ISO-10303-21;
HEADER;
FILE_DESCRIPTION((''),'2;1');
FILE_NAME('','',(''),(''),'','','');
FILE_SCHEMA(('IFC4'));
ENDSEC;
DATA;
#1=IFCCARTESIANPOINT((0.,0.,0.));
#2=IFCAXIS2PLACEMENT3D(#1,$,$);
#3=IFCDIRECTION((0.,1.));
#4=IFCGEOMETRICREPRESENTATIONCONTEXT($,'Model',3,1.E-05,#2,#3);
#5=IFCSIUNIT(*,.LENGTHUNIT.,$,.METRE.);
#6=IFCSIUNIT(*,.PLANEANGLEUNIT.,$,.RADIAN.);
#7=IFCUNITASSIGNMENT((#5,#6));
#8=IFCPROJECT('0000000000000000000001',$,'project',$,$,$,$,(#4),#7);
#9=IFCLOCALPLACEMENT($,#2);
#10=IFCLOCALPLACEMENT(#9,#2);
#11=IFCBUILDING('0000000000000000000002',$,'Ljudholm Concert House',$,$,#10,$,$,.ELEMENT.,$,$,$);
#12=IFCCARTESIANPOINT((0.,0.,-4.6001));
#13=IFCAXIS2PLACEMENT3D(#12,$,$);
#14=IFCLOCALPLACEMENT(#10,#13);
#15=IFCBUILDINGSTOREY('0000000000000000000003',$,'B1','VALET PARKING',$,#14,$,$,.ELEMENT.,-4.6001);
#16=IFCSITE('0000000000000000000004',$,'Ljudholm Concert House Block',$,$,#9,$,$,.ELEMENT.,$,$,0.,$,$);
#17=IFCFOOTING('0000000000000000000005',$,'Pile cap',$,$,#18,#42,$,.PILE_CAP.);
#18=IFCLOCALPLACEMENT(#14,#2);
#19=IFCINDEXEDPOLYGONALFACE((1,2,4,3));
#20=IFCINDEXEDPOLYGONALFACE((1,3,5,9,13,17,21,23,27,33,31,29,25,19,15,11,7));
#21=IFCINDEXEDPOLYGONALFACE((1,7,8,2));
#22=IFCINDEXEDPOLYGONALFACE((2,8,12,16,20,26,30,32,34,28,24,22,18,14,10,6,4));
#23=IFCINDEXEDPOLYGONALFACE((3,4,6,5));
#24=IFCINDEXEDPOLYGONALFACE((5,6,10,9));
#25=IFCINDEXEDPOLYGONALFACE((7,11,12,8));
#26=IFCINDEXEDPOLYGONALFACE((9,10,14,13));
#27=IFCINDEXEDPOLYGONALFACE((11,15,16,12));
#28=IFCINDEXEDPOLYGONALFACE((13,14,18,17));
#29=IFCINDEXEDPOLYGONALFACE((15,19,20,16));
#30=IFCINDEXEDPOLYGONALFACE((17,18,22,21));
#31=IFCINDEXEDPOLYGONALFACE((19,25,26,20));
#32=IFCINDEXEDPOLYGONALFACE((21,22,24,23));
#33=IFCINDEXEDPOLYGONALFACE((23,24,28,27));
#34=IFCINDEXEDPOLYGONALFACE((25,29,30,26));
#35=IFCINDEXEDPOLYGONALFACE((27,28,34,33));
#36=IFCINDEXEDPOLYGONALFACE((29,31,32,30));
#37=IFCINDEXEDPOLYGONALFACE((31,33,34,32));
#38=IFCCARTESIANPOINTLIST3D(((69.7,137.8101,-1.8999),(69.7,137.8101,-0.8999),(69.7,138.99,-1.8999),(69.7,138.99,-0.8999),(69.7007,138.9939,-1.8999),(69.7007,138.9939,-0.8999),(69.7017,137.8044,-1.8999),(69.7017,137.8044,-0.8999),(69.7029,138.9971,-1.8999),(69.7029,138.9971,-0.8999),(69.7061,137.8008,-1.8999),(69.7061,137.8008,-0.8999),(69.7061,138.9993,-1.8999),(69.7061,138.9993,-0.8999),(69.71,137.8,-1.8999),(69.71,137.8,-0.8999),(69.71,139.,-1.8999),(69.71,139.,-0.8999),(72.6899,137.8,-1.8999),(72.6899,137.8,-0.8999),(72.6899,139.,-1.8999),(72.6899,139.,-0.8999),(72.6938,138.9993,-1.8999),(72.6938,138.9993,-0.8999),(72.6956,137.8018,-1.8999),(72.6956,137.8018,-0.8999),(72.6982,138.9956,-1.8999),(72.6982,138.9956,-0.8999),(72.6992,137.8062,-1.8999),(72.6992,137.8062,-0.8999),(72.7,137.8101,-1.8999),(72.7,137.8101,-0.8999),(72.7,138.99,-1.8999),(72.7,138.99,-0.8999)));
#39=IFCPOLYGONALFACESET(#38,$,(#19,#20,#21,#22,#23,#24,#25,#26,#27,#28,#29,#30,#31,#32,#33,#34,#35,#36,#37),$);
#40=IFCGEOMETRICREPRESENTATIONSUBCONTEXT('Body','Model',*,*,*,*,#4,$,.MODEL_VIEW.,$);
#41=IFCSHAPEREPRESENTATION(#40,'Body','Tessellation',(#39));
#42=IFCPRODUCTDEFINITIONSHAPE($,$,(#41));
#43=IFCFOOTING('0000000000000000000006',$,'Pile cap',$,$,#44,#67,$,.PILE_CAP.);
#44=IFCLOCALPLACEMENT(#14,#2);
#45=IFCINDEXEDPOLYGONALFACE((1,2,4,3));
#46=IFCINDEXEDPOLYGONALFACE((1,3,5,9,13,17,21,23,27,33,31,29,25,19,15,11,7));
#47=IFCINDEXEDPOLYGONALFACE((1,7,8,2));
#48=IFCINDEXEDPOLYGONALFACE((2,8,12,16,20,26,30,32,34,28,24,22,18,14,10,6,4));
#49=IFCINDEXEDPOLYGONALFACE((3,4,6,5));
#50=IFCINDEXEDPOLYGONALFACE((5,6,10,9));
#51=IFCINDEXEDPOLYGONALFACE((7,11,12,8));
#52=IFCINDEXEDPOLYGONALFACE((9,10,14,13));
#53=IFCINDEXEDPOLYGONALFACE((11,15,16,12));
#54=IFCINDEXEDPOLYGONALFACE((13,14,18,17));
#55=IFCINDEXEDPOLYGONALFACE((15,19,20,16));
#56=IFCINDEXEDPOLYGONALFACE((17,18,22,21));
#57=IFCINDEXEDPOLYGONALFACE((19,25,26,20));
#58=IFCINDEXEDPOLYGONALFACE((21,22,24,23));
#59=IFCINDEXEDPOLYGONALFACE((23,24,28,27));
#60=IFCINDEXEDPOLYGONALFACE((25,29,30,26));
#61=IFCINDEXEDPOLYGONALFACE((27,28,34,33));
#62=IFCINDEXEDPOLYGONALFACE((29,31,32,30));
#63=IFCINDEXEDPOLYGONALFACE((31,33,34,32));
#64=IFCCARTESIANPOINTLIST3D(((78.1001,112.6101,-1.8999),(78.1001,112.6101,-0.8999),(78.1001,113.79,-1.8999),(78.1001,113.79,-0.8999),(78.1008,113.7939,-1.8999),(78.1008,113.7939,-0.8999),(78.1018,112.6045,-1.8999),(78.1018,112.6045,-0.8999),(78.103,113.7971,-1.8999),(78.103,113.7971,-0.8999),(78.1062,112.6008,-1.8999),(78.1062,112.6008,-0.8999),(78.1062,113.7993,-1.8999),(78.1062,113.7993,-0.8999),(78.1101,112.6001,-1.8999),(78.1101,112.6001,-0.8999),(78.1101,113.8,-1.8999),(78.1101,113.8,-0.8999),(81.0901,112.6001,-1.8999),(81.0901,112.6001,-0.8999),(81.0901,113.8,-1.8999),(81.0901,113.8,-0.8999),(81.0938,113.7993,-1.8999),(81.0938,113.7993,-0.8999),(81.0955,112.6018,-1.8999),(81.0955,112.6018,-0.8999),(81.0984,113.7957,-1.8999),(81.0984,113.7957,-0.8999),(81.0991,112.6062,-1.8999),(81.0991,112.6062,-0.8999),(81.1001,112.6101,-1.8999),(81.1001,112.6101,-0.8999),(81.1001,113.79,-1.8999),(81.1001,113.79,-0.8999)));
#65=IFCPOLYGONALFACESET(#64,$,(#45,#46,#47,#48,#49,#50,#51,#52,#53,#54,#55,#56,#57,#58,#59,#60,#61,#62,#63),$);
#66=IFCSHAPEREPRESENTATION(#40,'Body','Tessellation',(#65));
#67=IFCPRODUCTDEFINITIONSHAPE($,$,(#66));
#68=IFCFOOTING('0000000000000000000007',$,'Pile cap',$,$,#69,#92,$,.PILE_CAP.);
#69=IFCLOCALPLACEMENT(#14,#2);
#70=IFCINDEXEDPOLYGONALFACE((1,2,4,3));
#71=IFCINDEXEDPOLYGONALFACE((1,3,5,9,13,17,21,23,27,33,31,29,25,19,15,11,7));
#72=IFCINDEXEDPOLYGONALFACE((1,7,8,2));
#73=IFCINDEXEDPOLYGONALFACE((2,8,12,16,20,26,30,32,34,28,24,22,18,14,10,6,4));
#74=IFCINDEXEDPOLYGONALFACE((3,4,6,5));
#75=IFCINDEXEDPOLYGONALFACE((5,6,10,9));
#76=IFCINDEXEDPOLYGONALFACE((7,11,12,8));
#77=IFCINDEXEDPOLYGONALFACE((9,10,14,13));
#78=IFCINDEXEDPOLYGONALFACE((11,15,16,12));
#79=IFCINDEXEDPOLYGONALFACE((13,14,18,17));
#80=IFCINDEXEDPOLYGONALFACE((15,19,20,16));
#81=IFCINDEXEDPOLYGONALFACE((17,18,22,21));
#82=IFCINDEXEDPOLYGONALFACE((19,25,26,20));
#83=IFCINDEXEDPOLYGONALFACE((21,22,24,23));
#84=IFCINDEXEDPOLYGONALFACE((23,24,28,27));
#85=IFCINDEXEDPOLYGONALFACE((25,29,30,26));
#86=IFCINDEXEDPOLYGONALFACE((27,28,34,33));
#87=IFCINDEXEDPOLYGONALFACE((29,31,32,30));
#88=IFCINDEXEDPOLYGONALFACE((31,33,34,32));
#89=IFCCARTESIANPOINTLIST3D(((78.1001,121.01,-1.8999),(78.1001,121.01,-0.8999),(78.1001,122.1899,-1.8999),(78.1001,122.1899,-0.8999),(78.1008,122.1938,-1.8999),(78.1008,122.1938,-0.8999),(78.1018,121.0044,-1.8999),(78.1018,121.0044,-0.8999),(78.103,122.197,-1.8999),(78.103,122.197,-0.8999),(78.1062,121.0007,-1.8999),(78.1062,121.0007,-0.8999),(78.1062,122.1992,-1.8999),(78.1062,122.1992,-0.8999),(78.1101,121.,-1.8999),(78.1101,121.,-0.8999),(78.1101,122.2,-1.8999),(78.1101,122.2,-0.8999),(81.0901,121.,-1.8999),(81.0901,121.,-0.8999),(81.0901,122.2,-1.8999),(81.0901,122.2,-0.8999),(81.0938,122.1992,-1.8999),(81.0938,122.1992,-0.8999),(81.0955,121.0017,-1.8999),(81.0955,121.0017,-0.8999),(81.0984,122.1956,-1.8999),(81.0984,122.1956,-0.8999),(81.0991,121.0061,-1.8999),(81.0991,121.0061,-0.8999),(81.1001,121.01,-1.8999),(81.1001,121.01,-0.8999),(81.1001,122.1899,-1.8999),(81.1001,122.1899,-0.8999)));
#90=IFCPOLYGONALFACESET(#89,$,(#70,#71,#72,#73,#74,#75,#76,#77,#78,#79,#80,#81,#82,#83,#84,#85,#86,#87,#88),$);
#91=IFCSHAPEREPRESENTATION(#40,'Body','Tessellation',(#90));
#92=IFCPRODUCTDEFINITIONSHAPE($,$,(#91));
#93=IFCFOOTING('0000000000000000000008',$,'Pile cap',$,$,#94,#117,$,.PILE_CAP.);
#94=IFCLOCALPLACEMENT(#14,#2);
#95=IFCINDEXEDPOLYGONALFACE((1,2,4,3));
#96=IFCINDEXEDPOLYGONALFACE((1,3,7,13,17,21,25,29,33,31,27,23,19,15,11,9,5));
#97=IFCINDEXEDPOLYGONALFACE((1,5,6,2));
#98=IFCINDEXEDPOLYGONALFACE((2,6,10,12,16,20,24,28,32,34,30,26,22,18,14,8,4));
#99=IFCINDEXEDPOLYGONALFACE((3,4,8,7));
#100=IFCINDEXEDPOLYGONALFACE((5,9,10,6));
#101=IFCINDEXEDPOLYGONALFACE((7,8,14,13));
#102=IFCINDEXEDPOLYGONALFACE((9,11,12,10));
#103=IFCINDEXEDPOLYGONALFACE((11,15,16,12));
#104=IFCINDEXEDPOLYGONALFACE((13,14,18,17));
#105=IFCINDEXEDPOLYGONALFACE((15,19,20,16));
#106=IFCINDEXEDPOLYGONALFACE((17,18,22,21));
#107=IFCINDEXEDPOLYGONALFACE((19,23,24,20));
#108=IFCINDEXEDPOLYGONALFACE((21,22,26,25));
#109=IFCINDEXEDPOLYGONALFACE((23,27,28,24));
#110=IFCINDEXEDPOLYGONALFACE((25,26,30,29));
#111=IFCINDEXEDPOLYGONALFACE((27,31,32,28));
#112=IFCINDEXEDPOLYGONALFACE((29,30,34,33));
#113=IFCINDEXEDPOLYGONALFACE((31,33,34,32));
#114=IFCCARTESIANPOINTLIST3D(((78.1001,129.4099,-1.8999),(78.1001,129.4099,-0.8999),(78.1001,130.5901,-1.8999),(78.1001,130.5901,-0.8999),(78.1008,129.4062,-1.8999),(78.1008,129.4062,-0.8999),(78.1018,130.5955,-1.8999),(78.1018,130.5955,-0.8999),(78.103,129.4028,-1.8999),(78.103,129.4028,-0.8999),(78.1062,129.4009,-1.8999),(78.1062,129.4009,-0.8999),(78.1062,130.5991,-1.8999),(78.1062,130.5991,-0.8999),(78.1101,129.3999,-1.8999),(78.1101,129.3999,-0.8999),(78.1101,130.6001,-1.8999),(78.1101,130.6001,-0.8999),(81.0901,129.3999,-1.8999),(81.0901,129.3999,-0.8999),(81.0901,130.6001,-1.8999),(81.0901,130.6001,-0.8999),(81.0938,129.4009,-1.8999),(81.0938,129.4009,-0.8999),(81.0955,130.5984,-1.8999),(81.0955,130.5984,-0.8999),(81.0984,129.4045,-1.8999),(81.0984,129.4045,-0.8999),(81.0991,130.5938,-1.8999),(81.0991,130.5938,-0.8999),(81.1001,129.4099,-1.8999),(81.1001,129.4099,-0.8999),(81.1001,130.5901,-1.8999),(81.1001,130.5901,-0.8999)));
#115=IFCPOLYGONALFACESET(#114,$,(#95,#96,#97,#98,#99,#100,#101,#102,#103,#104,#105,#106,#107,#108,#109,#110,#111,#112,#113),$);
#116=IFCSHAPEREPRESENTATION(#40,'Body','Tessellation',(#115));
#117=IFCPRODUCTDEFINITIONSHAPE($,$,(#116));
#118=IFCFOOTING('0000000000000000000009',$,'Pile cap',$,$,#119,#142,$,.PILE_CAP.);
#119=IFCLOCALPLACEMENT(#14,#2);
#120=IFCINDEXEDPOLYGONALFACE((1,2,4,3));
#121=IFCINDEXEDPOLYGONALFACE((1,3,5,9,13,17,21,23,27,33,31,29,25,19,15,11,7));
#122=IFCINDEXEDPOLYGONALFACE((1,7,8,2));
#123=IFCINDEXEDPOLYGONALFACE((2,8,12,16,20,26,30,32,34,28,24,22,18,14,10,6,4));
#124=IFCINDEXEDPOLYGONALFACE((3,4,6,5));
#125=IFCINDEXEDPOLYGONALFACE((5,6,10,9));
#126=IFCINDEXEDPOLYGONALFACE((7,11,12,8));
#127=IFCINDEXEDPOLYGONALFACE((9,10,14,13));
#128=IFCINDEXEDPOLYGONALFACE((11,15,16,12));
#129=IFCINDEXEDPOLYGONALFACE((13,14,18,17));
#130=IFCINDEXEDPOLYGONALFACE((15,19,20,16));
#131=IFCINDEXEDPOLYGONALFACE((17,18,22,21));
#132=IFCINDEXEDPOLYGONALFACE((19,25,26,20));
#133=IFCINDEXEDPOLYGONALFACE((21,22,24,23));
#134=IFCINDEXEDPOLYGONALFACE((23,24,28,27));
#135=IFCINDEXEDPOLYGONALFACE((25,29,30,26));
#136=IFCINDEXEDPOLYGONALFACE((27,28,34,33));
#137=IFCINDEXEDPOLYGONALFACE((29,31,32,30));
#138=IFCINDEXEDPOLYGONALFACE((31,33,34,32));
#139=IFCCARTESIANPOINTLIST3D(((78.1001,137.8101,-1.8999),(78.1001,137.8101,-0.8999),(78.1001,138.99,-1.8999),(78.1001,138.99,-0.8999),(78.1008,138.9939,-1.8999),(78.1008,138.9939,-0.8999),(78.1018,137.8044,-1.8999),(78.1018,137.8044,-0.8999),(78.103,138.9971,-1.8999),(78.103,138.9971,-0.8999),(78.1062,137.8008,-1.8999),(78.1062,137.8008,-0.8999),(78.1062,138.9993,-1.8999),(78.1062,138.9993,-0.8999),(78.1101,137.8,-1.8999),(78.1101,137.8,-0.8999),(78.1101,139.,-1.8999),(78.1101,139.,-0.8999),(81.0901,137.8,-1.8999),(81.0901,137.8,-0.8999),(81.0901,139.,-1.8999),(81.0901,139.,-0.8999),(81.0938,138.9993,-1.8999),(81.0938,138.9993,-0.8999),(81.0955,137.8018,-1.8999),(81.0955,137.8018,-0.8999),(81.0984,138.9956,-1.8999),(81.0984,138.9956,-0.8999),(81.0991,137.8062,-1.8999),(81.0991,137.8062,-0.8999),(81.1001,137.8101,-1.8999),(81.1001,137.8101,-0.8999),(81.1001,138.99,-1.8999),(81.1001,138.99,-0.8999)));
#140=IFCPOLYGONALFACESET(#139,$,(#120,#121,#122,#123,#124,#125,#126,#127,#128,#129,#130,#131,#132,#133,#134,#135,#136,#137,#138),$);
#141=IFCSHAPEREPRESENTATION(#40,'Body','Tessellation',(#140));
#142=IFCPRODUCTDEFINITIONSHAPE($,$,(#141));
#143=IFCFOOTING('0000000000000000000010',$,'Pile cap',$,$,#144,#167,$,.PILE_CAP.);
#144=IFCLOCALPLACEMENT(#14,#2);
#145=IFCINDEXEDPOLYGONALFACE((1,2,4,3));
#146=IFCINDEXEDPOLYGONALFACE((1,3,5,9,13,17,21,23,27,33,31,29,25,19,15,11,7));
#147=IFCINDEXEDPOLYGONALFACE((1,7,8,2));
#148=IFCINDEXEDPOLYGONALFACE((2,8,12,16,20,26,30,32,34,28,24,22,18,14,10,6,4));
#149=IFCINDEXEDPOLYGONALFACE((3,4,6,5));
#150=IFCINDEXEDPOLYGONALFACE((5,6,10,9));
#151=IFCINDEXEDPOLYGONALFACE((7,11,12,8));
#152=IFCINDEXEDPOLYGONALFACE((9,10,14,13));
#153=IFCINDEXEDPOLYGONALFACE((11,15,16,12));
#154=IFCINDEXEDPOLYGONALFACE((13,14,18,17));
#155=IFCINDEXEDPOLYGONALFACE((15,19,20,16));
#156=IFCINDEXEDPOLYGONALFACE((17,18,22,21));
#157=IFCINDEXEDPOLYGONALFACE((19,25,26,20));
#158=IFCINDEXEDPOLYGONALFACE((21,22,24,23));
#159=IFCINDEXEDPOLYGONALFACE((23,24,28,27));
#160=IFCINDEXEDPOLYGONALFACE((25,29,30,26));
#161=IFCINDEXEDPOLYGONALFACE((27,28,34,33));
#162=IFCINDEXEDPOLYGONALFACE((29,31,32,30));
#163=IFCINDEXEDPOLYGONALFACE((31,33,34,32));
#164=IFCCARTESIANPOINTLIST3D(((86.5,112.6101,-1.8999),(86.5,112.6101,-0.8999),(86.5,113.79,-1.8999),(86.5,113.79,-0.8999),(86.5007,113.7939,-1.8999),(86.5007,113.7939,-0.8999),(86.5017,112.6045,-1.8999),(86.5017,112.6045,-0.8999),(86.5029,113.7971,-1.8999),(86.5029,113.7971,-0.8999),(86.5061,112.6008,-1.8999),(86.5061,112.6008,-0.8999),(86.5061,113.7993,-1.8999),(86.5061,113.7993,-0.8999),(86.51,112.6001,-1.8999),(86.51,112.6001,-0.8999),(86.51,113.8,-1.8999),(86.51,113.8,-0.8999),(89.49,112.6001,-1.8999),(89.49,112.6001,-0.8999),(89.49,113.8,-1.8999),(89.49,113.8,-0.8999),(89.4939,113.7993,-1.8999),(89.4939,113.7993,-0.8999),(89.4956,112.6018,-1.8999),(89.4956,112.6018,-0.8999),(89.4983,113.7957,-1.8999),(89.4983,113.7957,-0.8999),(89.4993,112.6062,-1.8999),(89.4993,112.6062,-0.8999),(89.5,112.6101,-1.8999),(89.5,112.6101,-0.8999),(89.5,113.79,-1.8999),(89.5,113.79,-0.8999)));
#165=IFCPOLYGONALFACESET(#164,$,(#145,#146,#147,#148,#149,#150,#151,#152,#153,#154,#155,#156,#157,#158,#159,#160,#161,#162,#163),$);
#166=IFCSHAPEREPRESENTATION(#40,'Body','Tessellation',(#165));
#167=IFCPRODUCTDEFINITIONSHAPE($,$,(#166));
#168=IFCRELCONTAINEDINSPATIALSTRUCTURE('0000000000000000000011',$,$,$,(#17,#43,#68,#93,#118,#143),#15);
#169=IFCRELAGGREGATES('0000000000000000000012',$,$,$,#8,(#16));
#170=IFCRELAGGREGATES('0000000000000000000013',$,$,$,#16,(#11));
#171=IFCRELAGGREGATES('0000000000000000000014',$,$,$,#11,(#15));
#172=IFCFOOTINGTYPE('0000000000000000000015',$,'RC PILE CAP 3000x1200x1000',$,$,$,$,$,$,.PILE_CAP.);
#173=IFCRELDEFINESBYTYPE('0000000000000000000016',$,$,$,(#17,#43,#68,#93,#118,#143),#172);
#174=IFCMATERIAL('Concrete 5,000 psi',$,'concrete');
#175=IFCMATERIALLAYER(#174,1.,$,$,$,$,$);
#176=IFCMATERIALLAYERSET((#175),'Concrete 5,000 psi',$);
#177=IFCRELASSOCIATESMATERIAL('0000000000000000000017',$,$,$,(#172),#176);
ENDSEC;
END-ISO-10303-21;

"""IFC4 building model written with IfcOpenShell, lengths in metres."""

from ifc_helpers import new_model, si_unit, direction, frame, origin, place, context, subcontext, project, spatial, polyline, outline, extrude, material, layer, layer_set, type_object, element, save


model = new_model("IFC4")

# Units and contexts
model_context = context("Model", 3, precision=1e-05, world=origin(), true_north=direction((0.0, 1.0)))
body_context = subcontext(model_context, "Body", "Model", "MODEL_VIEW")
ifc_project = project(units=[si_unit("LENGTHUNIT", "METRE"), si_unit("PLANEANGLEUNIT", "RADIAN")], contexts=[model_context])

# Site, building, storey
site_placement = place(None, origin())
site = spatial("IfcSite", under=ifc_project, at=site_placement, Name="Ljudholm Concert House Block", CompositionType="ELEMENT", RefElevation=0.0)
building_placement = place(site_placement, origin())
building = spatial("IfcBuilding", under=site, at=building_placement, Name="Ljudholm Concert House", CompositionType="ELEMENT")
storey_placement = place(building_placement, frame((0.0, 0.0, -4.6001)))
storey = spatial("IfcBuildingStorey", under=building, at=storey_placement, Name="B1", Description="VALET PARKING", CompositionType="ELEMENT", Elevation=-4.6001)

# Footings
ifc_material_1 = material(Name="Concrete 5,000 psi", Category="concrete")
ifc_layer_1 = layer(ifc_material_1, 1.0)
ifc_layer_set_1 = layer_set([ifc_layer_1], Name="Concrete 5,000 psi")
footing_type_1 = type_object("IfcFootingType", Name="RC PILE CAP 3000x1200x1000", PredefinedType="PILE_CAP", material=ifc_layer_set_1)
footing_1_placement = place(storey_placement, frame((0.0, 0.0, -1.8999)))
element("IfcFooting", 1, at=footing_1_placement, inside=storey, type_object=footing_type_1, Name="Pile cap", PredefinedType="PILE_CAP", context=body_context, shape_type="SweptSolid", body=[
    extrude(outline(polyline([(69.7, 138.99), (69.7, 137.8101), (69.7017, 137.8044), (69.7061, 137.8008), (69.71, 137.8), (72.6899, 137.8), (72.6956, 137.8018), (72.6992, 137.8062), (72.7, 137.8101), (72.7, 138.99), (72.6982, 138.9956), (72.6938, 138.9993), (72.6899, 139.0), (69.71, 139.0), (69.7061, 138.9993), (69.7029, 138.9971), (69.7007, 138.9939), (69.7, 138.99)])), origin(), (0.0, 0.0, 1.0), 1.0),
])
footing_2_placement = place(storey_placement, frame((0.0, 0.0, -1.8999)))
element("IfcFooting", 2, at=footing_2_placement, inside=storey, type_object=footing_type_1, Name="Pile cap", PredefinedType="PILE_CAP", context=body_context, shape_type="SweptSolid", body=[
    extrude(outline(polyline([(78.1001, 113.79), (78.1001, 112.6101), (78.1018, 112.6045), (78.1062, 112.6008), (78.1101, 112.6001), (81.0901, 112.6001), (81.0955, 112.6018), (81.0991, 112.6062), (81.1001, 112.6101), (81.1001, 113.79), (81.0984, 113.7957), (81.0938, 113.7993), (81.0901, 113.8), (78.1101, 113.8), (78.1062, 113.7993), (78.103, 113.7971), (78.1008, 113.7939), (78.1001, 113.79)])), origin(), (0.0, 0.0, 1.0), 1.0),
])
footing_3_placement = place(storey_placement, frame((0.0, 0.0, -1.8999)))
element("IfcFooting", 3, at=footing_3_placement, inside=storey, type_object=footing_type_1, Name="Pile cap", PredefinedType="PILE_CAP", context=body_context, shape_type="SweptSolid", body=[
    extrude(outline(polyline([(78.1001, 122.1899), (78.1001, 121.01), (78.1018, 121.0044), (78.1062, 121.0007), (78.1101, 121.0), (81.0901, 121.0), (81.0955, 121.0017), (81.0991, 121.0061), (81.1001, 121.01), (81.1001, 122.1899), (81.0984, 122.1956), (81.0938, 122.1992), (81.0901, 122.2), (78.1101, 122.2), (78.1062, 122.1992), (78.103, 122.197), (78.1008, 122.1938), (78.1001, 122.1899)])), origin(), (0.0, 0.0, 1.0), 1.0),
])
footing_4_placement = place(storey_placement, frame((0.0, 0.0, -1.8999)))
element("IfcFooting", 4, at=footing_4_placement, inside=storey, type_object=footing_type_1, Name="Pile cap", PredefinedType="PILE_CAP", context=body_context, shape_type="SweptSolid", body=[
    extrude(outline(polyline([(78.1101, 129.3999), (81.0901, 129.3999), (81.0938, 129.4009), (81.0984, 129.4045), (81.1001, 129.4099), (81.1001, 130.5901), (81.0991, 130.5938), (81.0955, 130.5984), (81.0901, 130.6001), (78.1101, 130.6001), (78.1062, 130.5991), (78.1018, 130.5955), (78.1001, 130.5901), (78.1001, 129.4099), (78.1008, 129.4062), (78.103, 129.4028), (78.1062, 129.4009), (78.1101, 129.3999)])), origin(), (0.0, 0.0, 1.0), 1.0),
])
footing_5_placement = place(storey_placement, frame((0.0, 0.0, -1.8999)))
element("IfcFooting", 5, at=footing_5_placement, inside=storey, type_object=footing_type_1, Name="Pile cap", PredefinedType="PILE_CAP", context=body_context, shape_type="SweptSolid", body=[
    extrude(outline(polyline([(78.1001, 138.99), (78.1001, 137.8101), (78.1018, 137.8044), (78.1062, 137.8008), (78.1101, 137.8), (81.0901, 137.8), (81.0955, 137.8018), (81.0991, 137.8062), (81.1001, 137.8101), (81.1001, 138.99), (81.0984, 138.9956), (81.0938, 138.9993), (81.0901, 139.0), (78.1101, 139.0), (78.1062, 138.9993), (78.103, 138.9971), (78.1008, 138.9939), (78.1001, 138.99)])), origin(), (0.0, 0.0, 1.0), 1.0),
])
footing_6_placement = place(storey_placement, frame((0.0, 0.0, -1.8999)))
element("IfcFooting", 6, at=footing_6_placement, inside=storey, type_object=footing_type_1, Name="Pile cap", PredefinedType="PILE_CAP", context=body_context, shape_type="SweptSolid", body=[
    extrude(outline(polyline([(86.5, 113.79), (86.5, 112.6101), (86.5017, 112.6045), (86.5061, 112.6008), (86.51, 112.6001), (89.49, 112.6001), (89.4956, 112.6018), (89.4993, 112.6062), (89.5, 112.6101), (89.5, 113.79), (89.4983, 113.7957), (89.4939, 113.7993), (89.49, 113.8), (86.51, 113.8), (86.5061, 113.7993), (86.5029, 113.7971), (86.5007, 113.7939), (86.5, 113.79)])), origin(), (0.0, 0.0, 1.0), 1.0),
])

save(model, "model.ifc")
